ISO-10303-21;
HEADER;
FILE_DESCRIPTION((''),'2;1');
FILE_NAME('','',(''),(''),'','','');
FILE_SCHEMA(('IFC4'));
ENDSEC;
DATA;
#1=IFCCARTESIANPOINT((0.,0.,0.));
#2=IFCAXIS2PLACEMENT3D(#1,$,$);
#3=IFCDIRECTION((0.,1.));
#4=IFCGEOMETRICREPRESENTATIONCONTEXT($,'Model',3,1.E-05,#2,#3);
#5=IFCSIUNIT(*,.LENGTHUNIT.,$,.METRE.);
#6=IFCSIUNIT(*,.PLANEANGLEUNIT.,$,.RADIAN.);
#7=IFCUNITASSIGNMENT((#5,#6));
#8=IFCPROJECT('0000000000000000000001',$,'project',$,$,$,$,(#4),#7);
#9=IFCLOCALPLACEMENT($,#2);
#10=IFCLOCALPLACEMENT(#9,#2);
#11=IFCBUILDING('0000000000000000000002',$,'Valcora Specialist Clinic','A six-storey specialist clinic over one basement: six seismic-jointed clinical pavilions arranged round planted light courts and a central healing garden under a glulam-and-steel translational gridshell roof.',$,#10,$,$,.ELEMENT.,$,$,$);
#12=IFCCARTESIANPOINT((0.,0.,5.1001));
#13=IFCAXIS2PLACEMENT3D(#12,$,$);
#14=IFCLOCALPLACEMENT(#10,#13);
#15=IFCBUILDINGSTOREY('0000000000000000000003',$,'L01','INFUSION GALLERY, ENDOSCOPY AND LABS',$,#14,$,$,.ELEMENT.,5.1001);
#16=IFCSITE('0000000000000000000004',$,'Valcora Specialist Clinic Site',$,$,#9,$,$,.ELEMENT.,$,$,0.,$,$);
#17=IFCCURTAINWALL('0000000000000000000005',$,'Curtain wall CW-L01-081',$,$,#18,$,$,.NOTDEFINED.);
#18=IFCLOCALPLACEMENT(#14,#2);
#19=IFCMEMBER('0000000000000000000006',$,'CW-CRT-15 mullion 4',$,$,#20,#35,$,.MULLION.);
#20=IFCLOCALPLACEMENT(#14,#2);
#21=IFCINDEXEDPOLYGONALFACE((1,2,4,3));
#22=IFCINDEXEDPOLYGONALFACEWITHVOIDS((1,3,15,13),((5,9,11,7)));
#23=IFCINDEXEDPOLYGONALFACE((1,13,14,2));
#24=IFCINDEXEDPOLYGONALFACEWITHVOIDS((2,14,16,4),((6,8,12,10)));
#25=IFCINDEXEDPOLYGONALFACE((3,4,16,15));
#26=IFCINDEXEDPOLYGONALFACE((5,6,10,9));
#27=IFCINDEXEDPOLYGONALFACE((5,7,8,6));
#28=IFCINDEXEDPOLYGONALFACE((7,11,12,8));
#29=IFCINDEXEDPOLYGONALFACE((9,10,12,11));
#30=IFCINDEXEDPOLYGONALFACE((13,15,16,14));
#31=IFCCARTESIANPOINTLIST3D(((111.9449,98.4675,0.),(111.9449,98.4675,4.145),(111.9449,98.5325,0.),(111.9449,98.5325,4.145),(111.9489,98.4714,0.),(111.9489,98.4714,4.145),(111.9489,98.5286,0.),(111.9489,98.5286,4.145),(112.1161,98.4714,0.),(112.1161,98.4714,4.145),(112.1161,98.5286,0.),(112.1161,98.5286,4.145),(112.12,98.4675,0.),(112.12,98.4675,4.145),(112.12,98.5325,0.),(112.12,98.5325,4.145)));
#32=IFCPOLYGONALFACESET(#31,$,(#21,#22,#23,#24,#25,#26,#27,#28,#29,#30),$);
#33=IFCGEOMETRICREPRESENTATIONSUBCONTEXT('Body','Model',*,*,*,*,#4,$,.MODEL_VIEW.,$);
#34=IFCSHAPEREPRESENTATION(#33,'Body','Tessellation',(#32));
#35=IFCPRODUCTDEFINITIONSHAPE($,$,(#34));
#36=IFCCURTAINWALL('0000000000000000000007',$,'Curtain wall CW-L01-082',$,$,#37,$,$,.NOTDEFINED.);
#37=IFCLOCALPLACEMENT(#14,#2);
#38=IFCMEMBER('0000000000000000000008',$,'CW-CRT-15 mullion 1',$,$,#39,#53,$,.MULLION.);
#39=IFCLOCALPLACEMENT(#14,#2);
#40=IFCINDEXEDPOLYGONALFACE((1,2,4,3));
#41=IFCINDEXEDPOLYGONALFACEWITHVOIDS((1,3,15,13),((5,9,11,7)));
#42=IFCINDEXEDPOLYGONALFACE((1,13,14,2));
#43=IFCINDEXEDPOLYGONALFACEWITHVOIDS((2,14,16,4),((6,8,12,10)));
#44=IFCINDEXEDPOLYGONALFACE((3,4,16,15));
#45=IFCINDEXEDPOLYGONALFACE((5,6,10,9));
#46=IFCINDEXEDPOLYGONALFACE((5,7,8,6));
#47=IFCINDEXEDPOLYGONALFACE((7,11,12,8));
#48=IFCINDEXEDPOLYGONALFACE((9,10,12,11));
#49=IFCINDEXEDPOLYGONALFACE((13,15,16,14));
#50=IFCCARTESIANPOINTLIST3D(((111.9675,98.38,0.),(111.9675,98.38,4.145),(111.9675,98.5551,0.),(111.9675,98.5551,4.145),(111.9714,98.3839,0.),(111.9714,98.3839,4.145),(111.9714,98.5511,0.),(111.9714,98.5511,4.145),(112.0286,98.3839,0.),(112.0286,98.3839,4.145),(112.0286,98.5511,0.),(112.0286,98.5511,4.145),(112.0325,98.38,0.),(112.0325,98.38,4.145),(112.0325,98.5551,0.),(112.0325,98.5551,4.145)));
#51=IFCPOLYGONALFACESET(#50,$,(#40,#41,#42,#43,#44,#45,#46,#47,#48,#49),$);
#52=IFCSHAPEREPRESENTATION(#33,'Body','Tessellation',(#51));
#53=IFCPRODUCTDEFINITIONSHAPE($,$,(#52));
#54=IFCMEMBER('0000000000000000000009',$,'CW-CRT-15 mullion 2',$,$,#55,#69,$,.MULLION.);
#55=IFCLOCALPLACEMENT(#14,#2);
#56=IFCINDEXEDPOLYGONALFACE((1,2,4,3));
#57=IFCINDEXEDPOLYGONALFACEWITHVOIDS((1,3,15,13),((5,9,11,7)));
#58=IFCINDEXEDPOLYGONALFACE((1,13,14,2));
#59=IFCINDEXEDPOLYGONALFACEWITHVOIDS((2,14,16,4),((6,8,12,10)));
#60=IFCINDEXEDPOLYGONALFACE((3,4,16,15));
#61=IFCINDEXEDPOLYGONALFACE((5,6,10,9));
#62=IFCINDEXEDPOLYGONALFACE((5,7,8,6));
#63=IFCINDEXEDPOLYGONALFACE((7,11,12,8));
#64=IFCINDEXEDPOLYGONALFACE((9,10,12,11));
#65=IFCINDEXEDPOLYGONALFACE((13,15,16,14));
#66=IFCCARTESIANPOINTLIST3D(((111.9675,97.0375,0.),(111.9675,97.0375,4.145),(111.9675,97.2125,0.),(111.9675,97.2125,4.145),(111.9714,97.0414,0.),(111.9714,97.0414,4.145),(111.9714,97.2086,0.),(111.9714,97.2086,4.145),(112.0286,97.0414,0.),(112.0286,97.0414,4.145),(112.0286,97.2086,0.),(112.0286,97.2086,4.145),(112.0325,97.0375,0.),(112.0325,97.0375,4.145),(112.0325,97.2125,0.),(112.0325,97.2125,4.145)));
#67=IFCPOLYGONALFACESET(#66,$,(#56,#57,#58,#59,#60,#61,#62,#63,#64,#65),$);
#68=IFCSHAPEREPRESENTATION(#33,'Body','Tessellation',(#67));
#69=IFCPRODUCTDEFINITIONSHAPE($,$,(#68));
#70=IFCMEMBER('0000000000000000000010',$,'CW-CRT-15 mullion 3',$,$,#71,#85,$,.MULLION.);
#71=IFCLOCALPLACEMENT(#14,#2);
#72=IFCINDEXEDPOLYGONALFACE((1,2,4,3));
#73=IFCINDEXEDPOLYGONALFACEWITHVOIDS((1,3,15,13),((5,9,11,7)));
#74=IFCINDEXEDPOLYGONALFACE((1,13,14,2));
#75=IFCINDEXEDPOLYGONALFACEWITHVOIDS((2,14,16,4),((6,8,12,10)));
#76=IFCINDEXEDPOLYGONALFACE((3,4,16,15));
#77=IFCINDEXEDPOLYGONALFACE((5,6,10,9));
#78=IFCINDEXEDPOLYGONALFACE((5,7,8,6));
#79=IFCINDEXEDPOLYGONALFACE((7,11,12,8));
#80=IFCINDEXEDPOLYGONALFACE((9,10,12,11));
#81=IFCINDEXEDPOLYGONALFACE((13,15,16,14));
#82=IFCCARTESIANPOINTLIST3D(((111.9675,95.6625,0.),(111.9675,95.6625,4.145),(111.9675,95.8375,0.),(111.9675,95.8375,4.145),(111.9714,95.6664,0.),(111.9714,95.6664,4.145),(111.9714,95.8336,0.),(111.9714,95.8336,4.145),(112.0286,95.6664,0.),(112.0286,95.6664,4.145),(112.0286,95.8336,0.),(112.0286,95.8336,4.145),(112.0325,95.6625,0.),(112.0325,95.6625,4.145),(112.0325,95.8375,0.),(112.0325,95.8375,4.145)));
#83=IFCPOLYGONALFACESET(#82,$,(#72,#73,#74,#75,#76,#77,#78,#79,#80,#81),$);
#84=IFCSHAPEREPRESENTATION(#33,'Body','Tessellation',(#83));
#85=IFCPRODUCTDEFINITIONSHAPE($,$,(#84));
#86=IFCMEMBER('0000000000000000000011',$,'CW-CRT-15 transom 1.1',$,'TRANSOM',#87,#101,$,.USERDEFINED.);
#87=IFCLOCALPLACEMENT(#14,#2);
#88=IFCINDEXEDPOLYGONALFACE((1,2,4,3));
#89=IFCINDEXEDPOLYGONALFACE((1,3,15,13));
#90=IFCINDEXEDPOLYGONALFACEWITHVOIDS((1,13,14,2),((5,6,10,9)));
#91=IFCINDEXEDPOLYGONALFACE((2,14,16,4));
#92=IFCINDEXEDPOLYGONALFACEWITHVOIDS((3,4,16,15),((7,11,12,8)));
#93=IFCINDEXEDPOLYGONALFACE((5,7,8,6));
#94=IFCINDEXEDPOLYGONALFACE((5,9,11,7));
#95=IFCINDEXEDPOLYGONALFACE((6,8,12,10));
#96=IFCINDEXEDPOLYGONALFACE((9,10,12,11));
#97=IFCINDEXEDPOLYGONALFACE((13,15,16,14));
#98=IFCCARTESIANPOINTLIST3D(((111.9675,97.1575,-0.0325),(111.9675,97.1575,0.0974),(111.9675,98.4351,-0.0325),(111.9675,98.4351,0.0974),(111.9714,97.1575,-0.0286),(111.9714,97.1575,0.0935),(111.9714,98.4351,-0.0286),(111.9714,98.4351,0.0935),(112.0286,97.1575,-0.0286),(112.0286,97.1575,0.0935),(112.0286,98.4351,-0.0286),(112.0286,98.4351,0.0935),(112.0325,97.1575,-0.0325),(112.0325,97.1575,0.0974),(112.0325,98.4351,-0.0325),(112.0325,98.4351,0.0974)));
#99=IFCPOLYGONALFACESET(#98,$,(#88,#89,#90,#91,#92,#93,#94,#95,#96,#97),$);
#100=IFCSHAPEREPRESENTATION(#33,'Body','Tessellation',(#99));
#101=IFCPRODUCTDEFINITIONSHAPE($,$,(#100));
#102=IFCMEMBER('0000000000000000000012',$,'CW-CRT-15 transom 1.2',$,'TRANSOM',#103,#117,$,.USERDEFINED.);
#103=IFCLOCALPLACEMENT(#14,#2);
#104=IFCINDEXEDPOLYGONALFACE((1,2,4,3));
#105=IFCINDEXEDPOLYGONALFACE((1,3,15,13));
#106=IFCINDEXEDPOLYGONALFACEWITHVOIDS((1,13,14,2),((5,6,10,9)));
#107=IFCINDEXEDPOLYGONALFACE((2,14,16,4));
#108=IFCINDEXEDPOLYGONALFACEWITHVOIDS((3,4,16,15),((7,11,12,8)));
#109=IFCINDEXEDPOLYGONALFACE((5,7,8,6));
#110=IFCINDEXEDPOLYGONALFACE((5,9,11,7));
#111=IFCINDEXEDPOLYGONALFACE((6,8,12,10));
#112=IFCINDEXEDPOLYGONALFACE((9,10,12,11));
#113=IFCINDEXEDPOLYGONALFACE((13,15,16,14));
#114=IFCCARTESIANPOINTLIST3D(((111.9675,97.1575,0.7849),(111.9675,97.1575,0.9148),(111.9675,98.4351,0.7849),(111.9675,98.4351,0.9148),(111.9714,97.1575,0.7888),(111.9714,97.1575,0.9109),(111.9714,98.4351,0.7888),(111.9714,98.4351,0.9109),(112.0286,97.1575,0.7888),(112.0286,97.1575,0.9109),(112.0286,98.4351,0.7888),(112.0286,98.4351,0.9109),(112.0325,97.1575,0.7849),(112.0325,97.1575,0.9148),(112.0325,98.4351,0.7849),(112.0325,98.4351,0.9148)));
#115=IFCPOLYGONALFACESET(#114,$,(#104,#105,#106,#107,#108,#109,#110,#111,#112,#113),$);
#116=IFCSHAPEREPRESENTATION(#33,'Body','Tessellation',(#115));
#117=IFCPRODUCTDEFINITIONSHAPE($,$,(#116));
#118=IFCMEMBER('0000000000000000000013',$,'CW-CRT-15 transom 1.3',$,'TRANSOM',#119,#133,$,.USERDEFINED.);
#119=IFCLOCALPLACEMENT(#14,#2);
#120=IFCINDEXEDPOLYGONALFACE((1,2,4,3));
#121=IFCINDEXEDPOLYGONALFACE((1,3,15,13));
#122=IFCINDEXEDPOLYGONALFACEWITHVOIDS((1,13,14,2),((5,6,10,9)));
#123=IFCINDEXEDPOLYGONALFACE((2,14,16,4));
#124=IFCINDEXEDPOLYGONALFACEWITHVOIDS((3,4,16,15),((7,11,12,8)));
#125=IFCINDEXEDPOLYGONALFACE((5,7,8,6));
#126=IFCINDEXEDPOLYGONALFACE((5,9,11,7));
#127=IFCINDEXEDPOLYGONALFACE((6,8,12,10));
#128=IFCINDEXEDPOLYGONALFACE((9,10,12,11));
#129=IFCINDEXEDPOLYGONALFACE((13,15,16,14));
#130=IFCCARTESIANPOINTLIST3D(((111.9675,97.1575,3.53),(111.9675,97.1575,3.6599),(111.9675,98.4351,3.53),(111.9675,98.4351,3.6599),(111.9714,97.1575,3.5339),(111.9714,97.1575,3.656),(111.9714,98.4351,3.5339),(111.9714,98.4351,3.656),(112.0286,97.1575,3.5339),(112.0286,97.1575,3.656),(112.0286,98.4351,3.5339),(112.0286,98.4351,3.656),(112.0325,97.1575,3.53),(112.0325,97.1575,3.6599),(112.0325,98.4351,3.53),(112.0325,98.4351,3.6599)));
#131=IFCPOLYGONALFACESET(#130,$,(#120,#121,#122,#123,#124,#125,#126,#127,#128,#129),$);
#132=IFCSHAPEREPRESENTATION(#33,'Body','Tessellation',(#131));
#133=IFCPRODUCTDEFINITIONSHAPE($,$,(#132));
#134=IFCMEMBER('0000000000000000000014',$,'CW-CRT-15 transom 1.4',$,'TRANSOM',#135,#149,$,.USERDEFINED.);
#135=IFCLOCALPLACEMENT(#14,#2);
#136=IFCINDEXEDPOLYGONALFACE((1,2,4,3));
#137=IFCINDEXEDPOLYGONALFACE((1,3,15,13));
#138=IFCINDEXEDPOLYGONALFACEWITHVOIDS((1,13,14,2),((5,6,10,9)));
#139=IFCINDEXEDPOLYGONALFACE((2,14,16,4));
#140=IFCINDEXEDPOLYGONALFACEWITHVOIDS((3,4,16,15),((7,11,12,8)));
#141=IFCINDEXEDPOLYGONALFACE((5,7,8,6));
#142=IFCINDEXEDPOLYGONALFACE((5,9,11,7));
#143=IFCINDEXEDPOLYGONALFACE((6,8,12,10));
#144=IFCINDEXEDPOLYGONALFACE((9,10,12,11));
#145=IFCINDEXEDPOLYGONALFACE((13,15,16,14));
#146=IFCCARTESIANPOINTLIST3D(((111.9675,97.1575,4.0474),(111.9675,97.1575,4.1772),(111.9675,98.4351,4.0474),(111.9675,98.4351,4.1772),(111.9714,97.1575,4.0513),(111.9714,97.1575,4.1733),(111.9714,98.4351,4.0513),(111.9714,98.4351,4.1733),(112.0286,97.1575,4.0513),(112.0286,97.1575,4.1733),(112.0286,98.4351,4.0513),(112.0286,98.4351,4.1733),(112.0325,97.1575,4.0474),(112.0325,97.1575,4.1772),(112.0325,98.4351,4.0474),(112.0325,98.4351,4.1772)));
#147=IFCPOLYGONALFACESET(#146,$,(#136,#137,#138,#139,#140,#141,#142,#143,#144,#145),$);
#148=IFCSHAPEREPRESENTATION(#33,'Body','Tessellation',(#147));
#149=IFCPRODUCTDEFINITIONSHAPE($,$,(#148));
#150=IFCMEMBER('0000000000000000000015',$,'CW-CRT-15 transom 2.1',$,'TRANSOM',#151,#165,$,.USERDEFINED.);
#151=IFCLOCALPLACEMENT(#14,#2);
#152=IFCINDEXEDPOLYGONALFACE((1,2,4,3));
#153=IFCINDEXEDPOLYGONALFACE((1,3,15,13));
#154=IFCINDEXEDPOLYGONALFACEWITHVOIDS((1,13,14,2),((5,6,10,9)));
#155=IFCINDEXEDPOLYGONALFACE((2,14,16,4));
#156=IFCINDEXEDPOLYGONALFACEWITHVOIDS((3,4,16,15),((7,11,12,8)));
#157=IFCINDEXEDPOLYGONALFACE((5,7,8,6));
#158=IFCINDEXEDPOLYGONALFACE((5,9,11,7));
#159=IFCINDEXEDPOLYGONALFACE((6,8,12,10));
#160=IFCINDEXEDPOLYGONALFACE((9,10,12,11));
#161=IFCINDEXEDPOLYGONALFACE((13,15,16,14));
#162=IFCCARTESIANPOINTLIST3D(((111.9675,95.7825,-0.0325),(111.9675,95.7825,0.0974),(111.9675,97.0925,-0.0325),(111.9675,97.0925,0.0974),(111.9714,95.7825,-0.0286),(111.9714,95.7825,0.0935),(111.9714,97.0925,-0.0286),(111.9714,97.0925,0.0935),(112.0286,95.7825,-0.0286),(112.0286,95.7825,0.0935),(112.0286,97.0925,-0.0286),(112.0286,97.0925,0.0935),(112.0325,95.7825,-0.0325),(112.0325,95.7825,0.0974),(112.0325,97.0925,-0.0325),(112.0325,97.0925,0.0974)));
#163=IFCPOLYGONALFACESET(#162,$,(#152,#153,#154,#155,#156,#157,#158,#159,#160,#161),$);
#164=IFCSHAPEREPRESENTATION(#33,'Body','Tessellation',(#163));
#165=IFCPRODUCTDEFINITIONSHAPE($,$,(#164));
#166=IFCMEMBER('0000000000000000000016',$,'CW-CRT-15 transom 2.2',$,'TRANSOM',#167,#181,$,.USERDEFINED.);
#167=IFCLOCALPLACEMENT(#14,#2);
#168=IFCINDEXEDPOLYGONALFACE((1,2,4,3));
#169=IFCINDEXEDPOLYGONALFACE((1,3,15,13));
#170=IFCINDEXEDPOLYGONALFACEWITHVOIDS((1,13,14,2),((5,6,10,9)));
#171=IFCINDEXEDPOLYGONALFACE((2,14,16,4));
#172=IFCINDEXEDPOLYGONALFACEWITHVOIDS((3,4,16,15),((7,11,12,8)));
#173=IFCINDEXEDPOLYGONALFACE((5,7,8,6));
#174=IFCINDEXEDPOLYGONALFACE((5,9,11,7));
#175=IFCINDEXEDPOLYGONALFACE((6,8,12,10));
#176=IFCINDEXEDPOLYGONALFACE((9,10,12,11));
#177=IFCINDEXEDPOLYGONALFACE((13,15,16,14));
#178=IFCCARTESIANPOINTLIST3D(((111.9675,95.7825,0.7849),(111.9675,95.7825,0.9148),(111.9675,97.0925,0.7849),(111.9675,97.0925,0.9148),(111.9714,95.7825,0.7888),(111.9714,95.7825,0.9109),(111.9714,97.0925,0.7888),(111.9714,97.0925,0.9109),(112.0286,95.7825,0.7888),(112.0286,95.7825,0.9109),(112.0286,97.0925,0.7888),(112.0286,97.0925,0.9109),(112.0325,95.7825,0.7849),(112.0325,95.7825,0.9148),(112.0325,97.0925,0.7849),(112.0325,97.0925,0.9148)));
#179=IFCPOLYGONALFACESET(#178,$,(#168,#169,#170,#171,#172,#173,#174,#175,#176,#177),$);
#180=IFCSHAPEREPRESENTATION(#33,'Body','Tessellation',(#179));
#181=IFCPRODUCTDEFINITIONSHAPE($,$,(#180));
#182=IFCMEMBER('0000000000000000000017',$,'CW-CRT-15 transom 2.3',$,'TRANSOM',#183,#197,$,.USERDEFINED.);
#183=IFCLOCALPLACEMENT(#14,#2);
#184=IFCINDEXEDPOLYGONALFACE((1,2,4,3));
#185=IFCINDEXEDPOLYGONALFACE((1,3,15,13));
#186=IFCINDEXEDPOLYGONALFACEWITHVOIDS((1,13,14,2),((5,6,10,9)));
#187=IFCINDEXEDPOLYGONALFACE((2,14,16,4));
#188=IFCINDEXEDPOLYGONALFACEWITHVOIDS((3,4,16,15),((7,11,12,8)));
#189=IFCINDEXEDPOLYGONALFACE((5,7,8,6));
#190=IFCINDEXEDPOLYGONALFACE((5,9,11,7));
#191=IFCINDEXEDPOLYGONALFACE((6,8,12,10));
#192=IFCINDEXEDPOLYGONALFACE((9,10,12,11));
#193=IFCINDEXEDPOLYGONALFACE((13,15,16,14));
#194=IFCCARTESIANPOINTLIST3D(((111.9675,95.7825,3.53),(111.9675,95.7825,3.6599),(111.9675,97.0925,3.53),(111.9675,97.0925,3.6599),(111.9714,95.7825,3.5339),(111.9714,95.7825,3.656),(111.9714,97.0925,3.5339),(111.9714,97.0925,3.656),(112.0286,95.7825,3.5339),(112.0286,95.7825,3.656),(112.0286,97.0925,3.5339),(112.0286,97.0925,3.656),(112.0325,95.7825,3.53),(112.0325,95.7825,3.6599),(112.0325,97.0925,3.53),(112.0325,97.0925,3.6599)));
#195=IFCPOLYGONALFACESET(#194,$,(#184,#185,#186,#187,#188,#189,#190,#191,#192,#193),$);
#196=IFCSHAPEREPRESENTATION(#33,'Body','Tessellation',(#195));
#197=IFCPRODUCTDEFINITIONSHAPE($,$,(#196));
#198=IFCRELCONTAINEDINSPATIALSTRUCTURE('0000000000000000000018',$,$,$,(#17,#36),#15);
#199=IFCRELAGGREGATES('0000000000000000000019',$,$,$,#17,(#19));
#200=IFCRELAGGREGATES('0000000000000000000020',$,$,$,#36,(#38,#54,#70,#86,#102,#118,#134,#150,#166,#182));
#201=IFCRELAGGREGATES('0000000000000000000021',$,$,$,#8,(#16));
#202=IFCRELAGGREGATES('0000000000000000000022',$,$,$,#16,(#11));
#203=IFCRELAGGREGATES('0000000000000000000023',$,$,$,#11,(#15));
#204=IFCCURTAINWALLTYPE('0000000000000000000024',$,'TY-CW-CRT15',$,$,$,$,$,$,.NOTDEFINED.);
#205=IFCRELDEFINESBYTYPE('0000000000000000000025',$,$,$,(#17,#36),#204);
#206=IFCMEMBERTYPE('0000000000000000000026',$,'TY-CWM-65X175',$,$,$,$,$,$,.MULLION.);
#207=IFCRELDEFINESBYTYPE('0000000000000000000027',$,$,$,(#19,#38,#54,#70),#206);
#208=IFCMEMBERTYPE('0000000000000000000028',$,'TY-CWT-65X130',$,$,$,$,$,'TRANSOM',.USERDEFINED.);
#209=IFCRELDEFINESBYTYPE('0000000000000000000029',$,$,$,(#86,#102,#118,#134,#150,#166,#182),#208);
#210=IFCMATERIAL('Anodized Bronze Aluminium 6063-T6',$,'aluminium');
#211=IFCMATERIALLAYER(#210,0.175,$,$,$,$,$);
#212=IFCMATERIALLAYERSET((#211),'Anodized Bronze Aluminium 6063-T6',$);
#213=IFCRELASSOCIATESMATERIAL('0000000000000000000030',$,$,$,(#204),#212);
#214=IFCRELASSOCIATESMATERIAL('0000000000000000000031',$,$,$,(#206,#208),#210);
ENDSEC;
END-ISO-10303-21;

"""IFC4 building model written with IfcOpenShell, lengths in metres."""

from ifc_helpers import new_model, si_unit, direction, frame, origin, origin_2d, place, context, subcontext, project, spatial, hollow_rectangle, extrude, material, layer, layer_set, material_profile, profile_set, type_object, element, aggregate, save


model = new_model("IFC4")

# Units and contexts
model_context = context("Model", 3, precision=1e-05, world=origin(), true_north=direction((0.0, 1.0)))
body_context = subcontext(model_context, "Body", "Model", "MODEL_VIEW")
ifc_project = project(units=[si_unit("LENGTHUNIT", "METRE"), si_unit("PLANEANGLEUNIT", "RADIAN")], contexts=[model_context])

# Site, building, storey
site_placement = place(None, origin())
site = spatial("IfcSite", under=ifc_project, at=site_placement, Name="Valcora Specialist Clinic Site", CompositionType="ELEMENT", RefElevation=0.0)
building_placement = place(site_placement, origin())
building = spatial("IfcBuilding", under=site, at=building_placement, Name="Valcora Specialist Clinic", Description="A six-storey specialist clinic over one basement: six seismic-jointed clinical pavilions arranged round planted light courts and a central healing garden under a glulam-and-steel translational gridshell roof.", CompositionType="ELEMENT")
storey_placement = place(building_placement, frame((0.0, 0.0, 5.1001)))
storey = spatial("IfcBuildingStorey", under=building, at=storey_placement, Name="L01", Description="INFUSION GALLERY, ENDOSCOPY AND LABS", CompositionType="ELEMENT", Elevation=5.1001)

# Curtain wall, member
ifc_material_1 = material(Name="Anodized Bronze Aluminium 6063-T6", Category="aluminium")
ifc_layer_1 = layer(ifc_material_1, 0.175)
ifc_layer_set_1 = layer_set([ifc_layer_1], Name="Anodized Bronze Aluminium 6063-T6")
curtain_wall_type = type_object("IfcCurtainWallType", Name="TY-CW-CRT15", PredefinedType="NOTDEFINED", material=ifc_layer_set_1)
curtain_wall_1_placement = place(storey_placement, origin())
curtain_wall_1 = element("IfcCurtainWall", 1, at=curtain_wall_1_placement, inside=storey, type_object=curtain_wall_type, Name="Curtain wall CW-L01-081", PredefinedType="NOTDEFINED")
ifc_material_profile_1 = material_profile(ifc_material_1, hollow_rectangle(XDim=0.0649, YDim=0.175, WallThickness=0.0039, at=origin_2d()), Name="AL-MUL-65X175")
ifc_profile_set_1 = profile_set([ifc_material_profile_1], Name="Anodized Bronze Aluminium 6063-T6")
member_type_1 = type_object("IfcMemberType", Name="TY-CWM-65X175", PredefinedType="MULLION", material=ifc_profile_set_1)
member_1_placement = place(storey_placement, frame((112.0325, 98.5, 0.0), z_axis=(0.0, 0.0, 1.0), x_axis=(0.0, -1.0, 0.0)))
member_1 = element("IfcMember", 2, at=member_1_placement, type_object=member_type_1, Name="CW-CRT-15 mullion 4", PredefinedType="MULLION", context=body_context, shape_type="SweptSolid", body=[
    extrude(hollow_rectangle(XDim=0.0649, YDim=0.175, WallThickness=0.0039, at=origin_2d()), origin(), (0.0, 0.0, 1.0), 4.145),
])

# Curtain wall, members
curtain_wall_2_placement = place(storey_placement, origin())
curtain_wall_2 = element("IfcCurtainWall", 3, at=curtain_wall_2_placement, inside=storey, type_object=curtain_wall_type, Name="Curtain wall CW-L01-082", PredefinedType="NOTDEFINED")
member_2_placement = place(storey_placement, frame((112.0, 98.4675, 0.0), z_axis=(0.0, 0.0, 1.0), x_axis=(1.0, 0.0, 0.0)))
member_2 = element("IfcMember", 4, at=member_2_placement, type_object=member_type_1, Name="CW-CRT-15 mullion 1", PredefinedType="MULLION", context=body_context, shape_type="SweptSolid", body=[
    extrude(hollow_rectangle(XDim=0.0649, YDim=0.175, WallThickness=0.0039, at=origin_2d()), origin(), (0.0, 0.0, 1.0), 4.145),
])
member_3_placement = place(storey_placement, frame((112.0, 97.125, 0.0), z_axis=(0.0, 0.0, 1.0), x_axis=(1.0, 0.0, 0.0)))
member_3 = element("IfcMember", 5, at=member_3_placement, type_object=member_type_1, Name="CW-CRT-15 mullion 2", PredefinedType="MULLION", context=body_context, shape_type="SweptSolid", body=[
    extrude(hollow_rectangle(XDim=0.0649, YDim=0.175, WallThickness=0.0039, at=origin_2d()), origin(), (0.0, 0.0, 1.0), 4.145),
])
member_4_placement = place(storey_placement, frame((112.0, 95.75, 0.0), z_axis=(0.0, 0.0, 1.0), x_axis=(1.0, 0.0, 0.0)))
member_4 = element("IfcMember", 6, at=member_4_placement, type_object=member_type_1, Name="CW-CRT-15 mullion 3", PredefinedType="MULLION", context=body_context, shape_type="SweptSolid", body=[
    extrude(hollow_rectangle(XDim=0.0649, YDim=0.175, WallThickness=0.0039, at=origin_2d()), origin(), (0.0, 0.0, 1.0), 4.145),
])
ifc_material_profile_2 = material_profile(ifc_material_1, hollow_rectangle(XDim=0.0649, YDim=0.1299, WallThickness=0.0039, at=origin_2d()), Name="AL-TRN-65X130")
ifc_profile_set_2 = profile_set([ifc_material_profile_2], Name="Anodized Bronze Aluminium 6063-T6")
member_type_2 = type_object("IfcMemberType", Name="TY-CWT-65X130", ElementType="TRANSOM", PredefinedType="USERDEFINED", material=ifc_profile_set_2)
member_5_placement = place(storey_placement, frame((112.0, 98.4351, 0.0325), z_axis=(0.0, -1.0, 0.0), x_axis=(1.0, 0.0, 0.0)))
member_5 = element("IfcMember", 7, at=member_5_placement, type_object=member_type_2, Name="CW-CRT-15 transom 1.1", ObjectType="TRANSOM", PredefinedType="USERDEFINED", context=body_context, shape_type="SweptSolid", body=[
    extrude(hollow_rectangle(XDim=0.0649, YDim=0.1299, WallThickness=0.0039, at=origin_2d()), origin(), (0.0, 0.0, 1.0), 1.2776),
])
member_6_placement = place(storey_placement, frame((112.0, 98.4351, 0.8499), z_axis=(0.0, -1.0, 0.0), x_axis=(1.0, 0.0, 0.0)))
member_6 = element("IfcMember", 8, at=member_6_placement, type_object=member_type_2, Name="CW-CRT-15 transom 1.2", ObjectType="TRANSOM", PredefinedType="USERDEFINED", context=body_context, shape_type="SweptSolid", body=[
    extrude(hollow_rectangle(XDim=0.0649, YDim=0.1299, WallThickness=0.0039, at=origin_2d()), origin(), (0.0, 0.0, 1.0), 1.2776),
])
member_7_placement = place(storey_placement, frame((112.0, 98.4351, 3.595), z_axis=(0.0, -1.0, 0.0), x_axis=(1.0, 0.0, 0.0)))
member_7 = element("IfcMember", 9, at=member_7_placement, type_object=member_type_2, Name="CW-CRT-15 transom 1.3", ObjectType="TRANSOM", PredefinedType="USERDEFINED", context=body_context, shape_type="SweptSolid", body=[
    extrude(hollow_rectangle(XDim=0.0649, YDim=0.1299, WallThickness=0.0039, at=origin_2d()), origin(), (0.0, 0.0, 1.0), 1.2776),
])
member_8_placement = place(storey_placement, frame((112.0, 98.4351, 4.1123), z_axis=(0.0, -1.0, 0.0), x_axis=(1.0, 0.0, 0.0)))
member_8 = element("IfcMember", 10, at=member_8_placement, type_object=member_type_2, Name="CW-CRT-15 transom 1.4", ObjectType="TRANSOM", PredefinedType="USERDEFINED", context=body_context, shape_type="SweptSolid", body=[
    extrude(hollow_rectangle(XDim=0.0649, YDim=0.1299, WallThickness=0.0039, at=origin_2d()), origin(), (0.0, 0.0, 1.0), 1.2776),
])
member_9_placement = place(storey_placement, frame((112.0, 97.0925, 0.0325), z_axis=(0.0, -1.0, 0.0), x_axis=(1.0, 0.0, 0.0)))
member_9 = element("IfcMember", 11, at=member_9_placement, type_object=member_type_2, Name="CW-CRT-15 transom 2.1", ObjectType="TRANSOM", PredefinedType="USERDEFINED", context=body_context, shape_type="SweptSolid", body=[
    extrude(hollow_rectangle(XDim=0.0649, YDim=0.1299, WallThickness=0.0039, at=origin_2d()), origin(), (0.0, 0.0, 1.0), 1.3101),
])
member_10_placement = place(storey_placement, frame((112.0, 97.0925, 0.8499), z_axis=(0.0, -1.0, 0.0), x_axis=(1.0, 0.0, 0.0)))
member_10 = element("IfcMember", 12, at=member_10_placement, type_object=member_type_2, Name="CW-CRT-15 transom 2.2", ObjectType="TRANSOM", PredefinedType="USERDEFINED", context=body_context, shape_type="SweptSolid", body=[
    extrude(hollow_rectangle(XDim=0.0649, YDim=0.1299, WallThickness=0.0039, at=origin_2d()), origin(), (0.0, 0.0, 1.0), 1.3101),
])
member_11_placement = place(storey_placement, frame((112.0, 97.0925, 3.595), z_axis=(0.0, -1.0, 0.0), x_axis=(1.0, 0.0, 0.0)))
member_11 = element("IfcMember", 13, at=member_11_placement, type_object=member_type_2, Name="CW-CRT-15 transom 2.3", ObjectType="TRANSOM", PredefinedType="USERDEFINED", context=body_context, shape_type="SweptSolid", body=[
    extrude(hollow_rectangle(XDim=0.0649, YDim=0.1299, WallThickness=0.0039, at=origin_2d()), origin(), (0.0, 0.0, 1.0), 1.3101),
])

aggregate(curtain_wall_1, [member_1])
aggregate(curtain_wall_2, [member_2, member_3, member_4, member_5, member_6, member_7, member_8, member_9, member_10, member_11])

save(model, "model.ifc")
